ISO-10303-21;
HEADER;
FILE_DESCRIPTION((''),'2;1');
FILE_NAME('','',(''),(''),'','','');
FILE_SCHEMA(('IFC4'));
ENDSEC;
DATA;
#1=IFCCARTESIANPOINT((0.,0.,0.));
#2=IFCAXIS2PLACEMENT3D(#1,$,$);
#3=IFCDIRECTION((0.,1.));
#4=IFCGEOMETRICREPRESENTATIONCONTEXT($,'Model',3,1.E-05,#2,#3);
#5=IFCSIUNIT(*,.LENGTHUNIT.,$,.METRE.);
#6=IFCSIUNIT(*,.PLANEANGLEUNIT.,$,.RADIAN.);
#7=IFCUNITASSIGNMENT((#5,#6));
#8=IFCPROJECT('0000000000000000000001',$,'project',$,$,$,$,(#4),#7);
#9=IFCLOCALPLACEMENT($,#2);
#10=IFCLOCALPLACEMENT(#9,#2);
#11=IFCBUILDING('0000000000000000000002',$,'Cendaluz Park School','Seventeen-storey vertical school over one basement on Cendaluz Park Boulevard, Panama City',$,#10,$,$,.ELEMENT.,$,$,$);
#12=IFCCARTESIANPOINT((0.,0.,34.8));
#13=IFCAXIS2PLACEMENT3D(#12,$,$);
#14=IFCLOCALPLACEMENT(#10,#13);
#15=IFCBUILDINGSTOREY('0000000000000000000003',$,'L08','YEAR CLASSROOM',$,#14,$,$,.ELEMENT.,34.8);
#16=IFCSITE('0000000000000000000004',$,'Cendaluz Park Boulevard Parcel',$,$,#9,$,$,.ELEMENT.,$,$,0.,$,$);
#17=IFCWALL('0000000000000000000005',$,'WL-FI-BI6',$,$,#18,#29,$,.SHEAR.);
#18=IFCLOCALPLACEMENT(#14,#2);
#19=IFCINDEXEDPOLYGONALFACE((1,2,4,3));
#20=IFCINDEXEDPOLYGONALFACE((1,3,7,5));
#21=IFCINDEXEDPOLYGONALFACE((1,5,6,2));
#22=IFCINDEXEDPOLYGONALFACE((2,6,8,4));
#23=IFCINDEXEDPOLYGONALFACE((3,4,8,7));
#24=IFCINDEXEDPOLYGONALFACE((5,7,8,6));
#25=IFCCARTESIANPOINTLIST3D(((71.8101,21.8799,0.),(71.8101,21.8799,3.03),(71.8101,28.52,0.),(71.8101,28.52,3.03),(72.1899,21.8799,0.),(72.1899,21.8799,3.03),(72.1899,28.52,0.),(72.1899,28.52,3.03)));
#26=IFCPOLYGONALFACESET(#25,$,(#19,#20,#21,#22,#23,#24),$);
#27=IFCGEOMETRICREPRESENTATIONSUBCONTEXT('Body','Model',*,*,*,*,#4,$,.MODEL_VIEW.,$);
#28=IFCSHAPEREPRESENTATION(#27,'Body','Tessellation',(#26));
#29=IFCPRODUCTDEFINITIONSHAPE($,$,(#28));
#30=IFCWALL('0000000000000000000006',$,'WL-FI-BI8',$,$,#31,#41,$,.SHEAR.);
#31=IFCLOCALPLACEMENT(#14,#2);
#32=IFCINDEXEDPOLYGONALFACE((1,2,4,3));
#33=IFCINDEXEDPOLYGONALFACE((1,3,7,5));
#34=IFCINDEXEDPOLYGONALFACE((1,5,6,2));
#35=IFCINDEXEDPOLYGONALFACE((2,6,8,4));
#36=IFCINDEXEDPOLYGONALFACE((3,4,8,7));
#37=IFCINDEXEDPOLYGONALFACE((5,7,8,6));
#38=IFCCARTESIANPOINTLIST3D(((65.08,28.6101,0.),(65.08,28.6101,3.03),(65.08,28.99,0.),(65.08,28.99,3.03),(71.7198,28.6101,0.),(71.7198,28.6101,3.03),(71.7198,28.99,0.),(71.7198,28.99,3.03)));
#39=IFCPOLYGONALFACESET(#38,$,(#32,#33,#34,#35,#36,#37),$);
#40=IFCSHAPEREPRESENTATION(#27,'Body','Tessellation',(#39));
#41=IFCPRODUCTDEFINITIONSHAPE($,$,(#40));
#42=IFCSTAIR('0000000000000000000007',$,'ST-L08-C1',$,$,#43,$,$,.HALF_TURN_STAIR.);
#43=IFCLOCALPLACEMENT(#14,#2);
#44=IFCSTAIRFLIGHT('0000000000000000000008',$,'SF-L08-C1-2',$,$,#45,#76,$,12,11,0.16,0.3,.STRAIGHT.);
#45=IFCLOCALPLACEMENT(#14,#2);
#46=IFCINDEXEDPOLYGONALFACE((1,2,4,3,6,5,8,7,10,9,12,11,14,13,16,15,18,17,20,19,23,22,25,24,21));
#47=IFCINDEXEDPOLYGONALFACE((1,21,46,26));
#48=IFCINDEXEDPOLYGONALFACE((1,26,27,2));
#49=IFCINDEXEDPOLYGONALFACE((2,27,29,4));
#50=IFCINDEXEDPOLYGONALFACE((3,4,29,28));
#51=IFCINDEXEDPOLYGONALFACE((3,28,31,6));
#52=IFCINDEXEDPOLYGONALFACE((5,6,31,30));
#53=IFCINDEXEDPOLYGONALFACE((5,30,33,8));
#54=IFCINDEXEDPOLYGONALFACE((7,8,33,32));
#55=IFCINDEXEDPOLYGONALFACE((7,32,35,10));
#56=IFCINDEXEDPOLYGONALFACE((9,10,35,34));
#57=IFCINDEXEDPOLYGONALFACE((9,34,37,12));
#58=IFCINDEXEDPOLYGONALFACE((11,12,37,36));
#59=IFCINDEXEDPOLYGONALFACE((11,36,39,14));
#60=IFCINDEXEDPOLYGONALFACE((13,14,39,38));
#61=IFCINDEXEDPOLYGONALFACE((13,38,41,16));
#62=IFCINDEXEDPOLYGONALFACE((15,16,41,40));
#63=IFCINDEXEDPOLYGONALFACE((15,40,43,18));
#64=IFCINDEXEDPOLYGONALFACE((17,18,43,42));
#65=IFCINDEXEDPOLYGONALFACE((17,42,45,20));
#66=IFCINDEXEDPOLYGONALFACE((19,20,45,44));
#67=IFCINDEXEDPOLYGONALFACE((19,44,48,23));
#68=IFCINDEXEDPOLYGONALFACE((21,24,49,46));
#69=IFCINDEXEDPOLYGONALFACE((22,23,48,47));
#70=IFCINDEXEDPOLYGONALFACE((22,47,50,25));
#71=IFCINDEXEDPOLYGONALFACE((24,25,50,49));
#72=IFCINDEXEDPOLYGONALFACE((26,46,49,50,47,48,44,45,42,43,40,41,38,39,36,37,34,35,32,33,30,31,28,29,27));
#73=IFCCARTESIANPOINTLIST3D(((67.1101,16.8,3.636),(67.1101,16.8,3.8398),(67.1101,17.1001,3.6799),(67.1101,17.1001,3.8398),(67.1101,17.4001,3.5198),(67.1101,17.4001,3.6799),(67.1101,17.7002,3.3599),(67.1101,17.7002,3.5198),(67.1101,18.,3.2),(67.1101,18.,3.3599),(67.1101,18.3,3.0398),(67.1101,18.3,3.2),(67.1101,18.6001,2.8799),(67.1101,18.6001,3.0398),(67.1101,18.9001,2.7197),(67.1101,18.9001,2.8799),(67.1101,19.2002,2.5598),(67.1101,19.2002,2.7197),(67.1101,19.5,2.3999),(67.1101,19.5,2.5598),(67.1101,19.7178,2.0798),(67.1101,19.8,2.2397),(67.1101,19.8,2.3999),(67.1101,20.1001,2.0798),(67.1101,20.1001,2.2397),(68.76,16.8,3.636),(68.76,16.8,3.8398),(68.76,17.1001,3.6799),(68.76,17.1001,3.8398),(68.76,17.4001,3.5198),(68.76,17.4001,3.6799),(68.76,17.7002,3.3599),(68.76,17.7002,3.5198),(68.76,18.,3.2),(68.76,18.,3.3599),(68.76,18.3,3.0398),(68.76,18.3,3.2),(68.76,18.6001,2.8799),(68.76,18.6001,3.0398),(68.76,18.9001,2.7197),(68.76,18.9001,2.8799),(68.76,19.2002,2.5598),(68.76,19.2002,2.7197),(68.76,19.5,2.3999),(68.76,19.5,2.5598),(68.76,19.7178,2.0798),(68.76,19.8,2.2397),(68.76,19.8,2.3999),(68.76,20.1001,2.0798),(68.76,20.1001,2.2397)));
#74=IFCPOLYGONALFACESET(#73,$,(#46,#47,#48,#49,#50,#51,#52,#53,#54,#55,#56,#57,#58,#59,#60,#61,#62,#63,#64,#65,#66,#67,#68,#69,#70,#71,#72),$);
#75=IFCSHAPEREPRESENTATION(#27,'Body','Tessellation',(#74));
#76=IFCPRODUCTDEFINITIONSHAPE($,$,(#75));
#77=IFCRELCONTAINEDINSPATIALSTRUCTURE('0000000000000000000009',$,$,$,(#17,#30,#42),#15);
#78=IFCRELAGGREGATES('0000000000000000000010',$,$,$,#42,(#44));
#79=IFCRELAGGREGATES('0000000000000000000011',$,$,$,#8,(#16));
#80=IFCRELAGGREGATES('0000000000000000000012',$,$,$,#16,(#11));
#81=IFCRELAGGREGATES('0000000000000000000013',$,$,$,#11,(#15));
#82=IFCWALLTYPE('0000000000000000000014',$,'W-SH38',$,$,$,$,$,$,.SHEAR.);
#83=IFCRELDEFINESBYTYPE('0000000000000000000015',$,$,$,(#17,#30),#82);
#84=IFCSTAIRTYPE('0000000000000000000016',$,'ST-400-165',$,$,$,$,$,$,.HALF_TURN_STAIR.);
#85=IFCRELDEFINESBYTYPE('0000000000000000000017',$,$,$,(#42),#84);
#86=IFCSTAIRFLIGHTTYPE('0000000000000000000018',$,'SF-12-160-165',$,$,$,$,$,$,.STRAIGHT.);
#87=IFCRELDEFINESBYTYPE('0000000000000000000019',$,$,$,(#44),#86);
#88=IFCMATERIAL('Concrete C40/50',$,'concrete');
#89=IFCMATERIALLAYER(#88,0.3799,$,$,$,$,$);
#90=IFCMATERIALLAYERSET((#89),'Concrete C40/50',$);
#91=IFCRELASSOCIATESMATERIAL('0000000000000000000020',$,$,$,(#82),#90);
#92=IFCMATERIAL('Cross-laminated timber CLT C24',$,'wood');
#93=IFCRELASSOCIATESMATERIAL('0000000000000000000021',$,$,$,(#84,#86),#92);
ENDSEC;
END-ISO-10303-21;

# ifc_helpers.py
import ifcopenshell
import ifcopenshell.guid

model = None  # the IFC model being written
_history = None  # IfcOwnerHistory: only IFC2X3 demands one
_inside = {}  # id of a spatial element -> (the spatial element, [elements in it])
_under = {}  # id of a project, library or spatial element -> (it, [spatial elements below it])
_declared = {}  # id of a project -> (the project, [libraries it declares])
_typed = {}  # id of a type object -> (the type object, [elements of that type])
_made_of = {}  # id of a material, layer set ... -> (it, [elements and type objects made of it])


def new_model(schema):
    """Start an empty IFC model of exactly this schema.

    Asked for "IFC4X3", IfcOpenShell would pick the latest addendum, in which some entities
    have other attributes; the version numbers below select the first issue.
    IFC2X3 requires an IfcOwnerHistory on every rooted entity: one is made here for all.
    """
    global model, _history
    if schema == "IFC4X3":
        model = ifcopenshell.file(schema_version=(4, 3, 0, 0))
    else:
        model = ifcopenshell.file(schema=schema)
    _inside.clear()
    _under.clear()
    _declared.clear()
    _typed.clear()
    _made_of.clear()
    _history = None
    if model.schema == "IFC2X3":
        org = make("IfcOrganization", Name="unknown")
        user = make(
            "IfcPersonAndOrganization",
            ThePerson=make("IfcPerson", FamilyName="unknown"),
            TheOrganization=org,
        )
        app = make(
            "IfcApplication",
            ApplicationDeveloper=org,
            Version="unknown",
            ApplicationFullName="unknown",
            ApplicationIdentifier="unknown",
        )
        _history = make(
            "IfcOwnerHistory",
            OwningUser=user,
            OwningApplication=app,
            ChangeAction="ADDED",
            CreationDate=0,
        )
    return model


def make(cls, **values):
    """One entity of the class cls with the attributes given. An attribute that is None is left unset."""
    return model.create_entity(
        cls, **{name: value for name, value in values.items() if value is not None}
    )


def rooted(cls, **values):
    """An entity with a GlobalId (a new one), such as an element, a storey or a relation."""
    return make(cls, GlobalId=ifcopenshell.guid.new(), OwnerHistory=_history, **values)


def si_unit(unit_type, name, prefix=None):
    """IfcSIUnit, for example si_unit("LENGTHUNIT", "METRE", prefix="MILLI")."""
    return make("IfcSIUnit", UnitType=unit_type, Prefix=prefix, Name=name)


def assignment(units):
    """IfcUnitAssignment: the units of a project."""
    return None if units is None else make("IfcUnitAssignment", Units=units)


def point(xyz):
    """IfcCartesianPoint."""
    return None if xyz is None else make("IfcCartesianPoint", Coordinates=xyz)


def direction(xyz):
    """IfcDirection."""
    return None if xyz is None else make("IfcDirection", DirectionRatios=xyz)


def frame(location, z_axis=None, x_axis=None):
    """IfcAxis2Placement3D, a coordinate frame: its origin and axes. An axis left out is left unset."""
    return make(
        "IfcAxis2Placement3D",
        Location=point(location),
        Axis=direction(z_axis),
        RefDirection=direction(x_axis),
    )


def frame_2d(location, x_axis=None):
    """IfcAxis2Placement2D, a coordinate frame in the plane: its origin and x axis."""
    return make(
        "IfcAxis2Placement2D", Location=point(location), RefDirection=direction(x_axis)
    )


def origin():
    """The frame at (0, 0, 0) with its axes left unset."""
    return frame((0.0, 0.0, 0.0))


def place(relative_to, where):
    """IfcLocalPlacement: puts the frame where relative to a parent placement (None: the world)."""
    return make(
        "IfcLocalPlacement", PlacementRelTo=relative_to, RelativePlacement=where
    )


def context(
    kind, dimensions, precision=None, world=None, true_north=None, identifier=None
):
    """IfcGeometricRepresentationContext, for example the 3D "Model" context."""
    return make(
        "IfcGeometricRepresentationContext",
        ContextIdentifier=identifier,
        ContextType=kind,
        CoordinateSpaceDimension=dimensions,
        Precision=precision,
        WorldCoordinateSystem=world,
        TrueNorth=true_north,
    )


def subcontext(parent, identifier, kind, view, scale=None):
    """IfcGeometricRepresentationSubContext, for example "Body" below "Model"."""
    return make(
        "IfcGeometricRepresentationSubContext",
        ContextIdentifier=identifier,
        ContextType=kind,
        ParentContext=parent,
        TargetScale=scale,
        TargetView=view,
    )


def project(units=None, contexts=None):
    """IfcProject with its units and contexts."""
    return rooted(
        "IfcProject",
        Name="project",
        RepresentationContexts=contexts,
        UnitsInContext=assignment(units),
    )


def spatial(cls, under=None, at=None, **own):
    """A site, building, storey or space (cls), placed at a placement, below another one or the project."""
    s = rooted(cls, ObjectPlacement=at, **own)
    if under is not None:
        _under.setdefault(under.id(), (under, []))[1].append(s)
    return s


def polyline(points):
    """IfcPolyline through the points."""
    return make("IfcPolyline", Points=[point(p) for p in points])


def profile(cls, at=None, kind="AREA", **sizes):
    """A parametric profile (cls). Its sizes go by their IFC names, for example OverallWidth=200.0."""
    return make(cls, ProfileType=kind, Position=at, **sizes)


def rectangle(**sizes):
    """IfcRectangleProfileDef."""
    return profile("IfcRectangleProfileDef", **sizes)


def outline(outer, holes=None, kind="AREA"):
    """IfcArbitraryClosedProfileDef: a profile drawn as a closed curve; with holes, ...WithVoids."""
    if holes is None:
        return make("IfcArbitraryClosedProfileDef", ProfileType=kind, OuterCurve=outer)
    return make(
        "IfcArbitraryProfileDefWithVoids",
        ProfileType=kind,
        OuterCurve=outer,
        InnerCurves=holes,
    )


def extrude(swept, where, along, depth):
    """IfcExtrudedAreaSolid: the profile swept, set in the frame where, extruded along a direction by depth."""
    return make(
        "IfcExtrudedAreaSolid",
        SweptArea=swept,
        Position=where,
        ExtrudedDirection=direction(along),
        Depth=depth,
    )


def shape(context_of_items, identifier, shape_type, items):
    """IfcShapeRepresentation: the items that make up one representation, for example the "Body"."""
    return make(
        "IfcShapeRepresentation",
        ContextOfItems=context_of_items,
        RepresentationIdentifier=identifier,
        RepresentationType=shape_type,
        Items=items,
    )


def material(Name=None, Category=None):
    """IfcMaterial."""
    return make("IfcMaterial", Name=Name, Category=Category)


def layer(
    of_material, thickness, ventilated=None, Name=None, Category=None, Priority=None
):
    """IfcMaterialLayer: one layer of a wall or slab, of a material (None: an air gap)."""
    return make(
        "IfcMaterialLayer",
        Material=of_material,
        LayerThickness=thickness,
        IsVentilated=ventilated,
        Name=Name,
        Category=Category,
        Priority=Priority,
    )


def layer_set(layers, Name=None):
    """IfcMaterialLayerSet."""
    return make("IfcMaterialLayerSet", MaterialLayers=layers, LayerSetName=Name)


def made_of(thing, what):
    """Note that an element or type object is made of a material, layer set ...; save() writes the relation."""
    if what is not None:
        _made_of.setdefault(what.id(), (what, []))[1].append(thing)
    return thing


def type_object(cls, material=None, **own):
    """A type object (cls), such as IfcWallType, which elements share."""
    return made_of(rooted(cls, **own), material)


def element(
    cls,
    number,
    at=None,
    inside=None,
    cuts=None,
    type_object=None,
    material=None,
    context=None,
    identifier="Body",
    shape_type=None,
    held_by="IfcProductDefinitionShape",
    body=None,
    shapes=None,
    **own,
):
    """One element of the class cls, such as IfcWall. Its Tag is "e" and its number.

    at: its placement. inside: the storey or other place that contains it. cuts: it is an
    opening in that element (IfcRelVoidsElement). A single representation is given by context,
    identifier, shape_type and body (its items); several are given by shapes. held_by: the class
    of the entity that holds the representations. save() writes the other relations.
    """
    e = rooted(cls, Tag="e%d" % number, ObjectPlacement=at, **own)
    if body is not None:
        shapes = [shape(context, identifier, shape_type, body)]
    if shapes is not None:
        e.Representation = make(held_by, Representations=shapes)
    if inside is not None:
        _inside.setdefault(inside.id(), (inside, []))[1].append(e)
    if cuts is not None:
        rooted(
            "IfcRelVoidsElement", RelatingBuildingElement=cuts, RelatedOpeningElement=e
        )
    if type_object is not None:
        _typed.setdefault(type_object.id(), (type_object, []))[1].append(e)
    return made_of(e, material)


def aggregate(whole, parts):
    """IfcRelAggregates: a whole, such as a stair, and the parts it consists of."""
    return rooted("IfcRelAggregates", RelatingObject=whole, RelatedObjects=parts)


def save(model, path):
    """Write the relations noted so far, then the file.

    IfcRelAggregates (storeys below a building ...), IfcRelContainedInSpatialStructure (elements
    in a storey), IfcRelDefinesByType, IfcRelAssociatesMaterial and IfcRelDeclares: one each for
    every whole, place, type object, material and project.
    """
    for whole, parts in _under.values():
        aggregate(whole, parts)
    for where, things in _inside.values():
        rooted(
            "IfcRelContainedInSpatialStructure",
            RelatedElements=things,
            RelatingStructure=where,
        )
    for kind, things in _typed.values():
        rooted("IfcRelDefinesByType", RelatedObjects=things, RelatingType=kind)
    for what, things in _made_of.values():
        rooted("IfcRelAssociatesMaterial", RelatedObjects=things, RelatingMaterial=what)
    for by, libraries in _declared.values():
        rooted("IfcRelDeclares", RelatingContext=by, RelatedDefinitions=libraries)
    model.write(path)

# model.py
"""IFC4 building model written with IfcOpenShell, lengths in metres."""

from ifc_helpers import new_model, si_unit, direction, frame, frame_2d, origin, place, context, subcontext, project, spatial, polyline, rectangle, outline, extrude, material, layer, layer_set, type_object, element, aggregate, save


model = new_model("IFC4")

# Units and contexts
model_context = context("Model", 3, precision=1e-05, world=origin(), true_north=direction((0.0, 1.0)))
body_context = subcontext(model_context, "Body", "Model", "MODEL_VIEW")
ifc_project = project(units=[si_unit("LENGTHUNIT", "METRE"), si_unit("PLANEANGLEUNIT", "RADIAN")], contexts=[model_context])

# Site, building, storey
site_placement = place(None, origin())
site = spatial("IfcSite", under=ifc_project, at=site_placement, Name="Cendaluz Park Boulevard Parcel", CompositionType="ELEMENT", RefElevation=0.0)
building_placement = place(site_placement, origin())
building = spatial("IfcBuilding", under=site, at=building_placement, Name="Cendaluz Park School", Description="Seventeen-storey vertical school over one basement on Cendaluz Park Boulevard, Panama City", CompositionType="ELEMENT")
storey_placement = place(building_placement, frame((0.0, 0.0, 34.8)))
storey = spatial("IfcBuildingStorey", under=building, at=storey_placement, Name="L08", Description="YEAR CLASSROOM", CompositionType="ELEMENT", Elevation=34.8)

# Shared definitions
ifc_material_1 = material(Name="Concrete C40/50", Category="concrete")

# Walls
ifc_layer_1 = layer(ifc_material_1, 0.3799)
ifc_layer_set_1 = layer_set([ifc_layer_1], Name="Concrete C40/50")
wall_type_1 = type_object("IfcWallType", Name="W-SH38", PredefinedType="SHEAR", material=ifc_layer_set_1)
wall_1_placement = place(storey_placement, frame((72.0, 21.8799, 0.0), z_axis=(0.0, 0.0, 1.0), x_axis=(0.0, 1.0, 0.0)))
element("IfcWall", 1, at=wall_1_placement, inside=storey, type_object=wall_type_1, Name="WL-FI-BI6", PredefinedType="SHEAR", context=body_context, shape_type="SweptSolid", body=[
    extrude(rectangle(XDim=6.6401, YDim=0.3799, at=frame_2d((3.3201, 0.0))), origin(), (0.0, 0.0, 1.0), 3.03),
])
wall_2_placement = place(storey_placement, frame((65.0801, 28.8, 0.0), z_axis=(0.0, 0.0, 1.0), x_axis=(1.0, 0.0, 0.0)))
element("IfcWall", 2, at=wall_2_placement, inside=storey, type_object=wall_type_1, Name="WL-FI-BI8", PredefinedType="SHEAR", context=body_context, shape_type="SweptSolid", body=[
    extrude(rectangle(XDim=6.6399, YDim=0.3799, at=frame_2d((3.3198, 0.0))), origin(), (0.0, 0.0, 1.0), 3.03),
])

# Stair, stair flight
ifc_material_2 = material(Name="Cross-laminated timber CLT C24", Category="wood")
stair_type = type_object("IfcStairType", Name="ST-400-165", PredefinedType="HALF_TURN_STAIR", material=ifc_material_2)
stair_placement = place(storey_placement, origin())
stair = element("IfcStair", 3, at=stair_placement, inside=storey, type_object=stair_type, Name="ST-L08-C1", PredefinedType="HALF_TURN_STAIR")
stair_flight_type = type_object("IfcStairFlightType", Name="SF-12-160-165", PredefinedType="STRAIGHT", material=ifc_material_2)
stair_flight_placement = place(storey_placement, frame((67.9351, 20.1001, 2.0798), z_axis=(0.0, 0.0, 1.0), x_axis=(0.0, -1.0, 0.0)))
stair_flight = element("IfcStairFlight", 4, at=stair_flight_placement, type_object=stair_flight_type, Name="SF-L08-C1-2", NumberOfRisers=12, NumberOfTreads=11, PredefinedType="STRAIGHT", RiserHeight=0.16, TreadLength=0.3, context=body_context, shape_type="SweptSolid", body=[
    extrude(outline(polyline([(0.0, 0.0), (0.0, 0.1599), (0.3, 0.1599), (0.3, 0.3201), (0.6001, 0.3201), (0.6001, 0.48), (0.8999, 0.48), (0.8999, 0.6399), (1.2, 0.6399), (1.2, 0.8), (1.5, 0.8), (1.5, 0.96), (1.8, 0.96), (1.8, 1.1201), (2.1001, 1.1201), (2.1001, 1.28), (2.3999, 1.28), (2.3999, 1.4399), (2.7, 1.4399), (2.7, 1.6001), (3.0, 1.6001), (3.0, 1.76), (3.3, 1.76), (3.3, 1.9199), (3.3, 1.5562), (0.3823, 0.0), (0.0, 0.0)])), frame((0.0, 0.825, 0.0), z_axis=(0.0, -1.0, 0.0), x_axis=(1.0, 0.0, 0.0)), (0.0, 0.0, 1.0), 1.6499),
])
aggregate(stair, [stair_flight])

save(model, "model.ifc")
